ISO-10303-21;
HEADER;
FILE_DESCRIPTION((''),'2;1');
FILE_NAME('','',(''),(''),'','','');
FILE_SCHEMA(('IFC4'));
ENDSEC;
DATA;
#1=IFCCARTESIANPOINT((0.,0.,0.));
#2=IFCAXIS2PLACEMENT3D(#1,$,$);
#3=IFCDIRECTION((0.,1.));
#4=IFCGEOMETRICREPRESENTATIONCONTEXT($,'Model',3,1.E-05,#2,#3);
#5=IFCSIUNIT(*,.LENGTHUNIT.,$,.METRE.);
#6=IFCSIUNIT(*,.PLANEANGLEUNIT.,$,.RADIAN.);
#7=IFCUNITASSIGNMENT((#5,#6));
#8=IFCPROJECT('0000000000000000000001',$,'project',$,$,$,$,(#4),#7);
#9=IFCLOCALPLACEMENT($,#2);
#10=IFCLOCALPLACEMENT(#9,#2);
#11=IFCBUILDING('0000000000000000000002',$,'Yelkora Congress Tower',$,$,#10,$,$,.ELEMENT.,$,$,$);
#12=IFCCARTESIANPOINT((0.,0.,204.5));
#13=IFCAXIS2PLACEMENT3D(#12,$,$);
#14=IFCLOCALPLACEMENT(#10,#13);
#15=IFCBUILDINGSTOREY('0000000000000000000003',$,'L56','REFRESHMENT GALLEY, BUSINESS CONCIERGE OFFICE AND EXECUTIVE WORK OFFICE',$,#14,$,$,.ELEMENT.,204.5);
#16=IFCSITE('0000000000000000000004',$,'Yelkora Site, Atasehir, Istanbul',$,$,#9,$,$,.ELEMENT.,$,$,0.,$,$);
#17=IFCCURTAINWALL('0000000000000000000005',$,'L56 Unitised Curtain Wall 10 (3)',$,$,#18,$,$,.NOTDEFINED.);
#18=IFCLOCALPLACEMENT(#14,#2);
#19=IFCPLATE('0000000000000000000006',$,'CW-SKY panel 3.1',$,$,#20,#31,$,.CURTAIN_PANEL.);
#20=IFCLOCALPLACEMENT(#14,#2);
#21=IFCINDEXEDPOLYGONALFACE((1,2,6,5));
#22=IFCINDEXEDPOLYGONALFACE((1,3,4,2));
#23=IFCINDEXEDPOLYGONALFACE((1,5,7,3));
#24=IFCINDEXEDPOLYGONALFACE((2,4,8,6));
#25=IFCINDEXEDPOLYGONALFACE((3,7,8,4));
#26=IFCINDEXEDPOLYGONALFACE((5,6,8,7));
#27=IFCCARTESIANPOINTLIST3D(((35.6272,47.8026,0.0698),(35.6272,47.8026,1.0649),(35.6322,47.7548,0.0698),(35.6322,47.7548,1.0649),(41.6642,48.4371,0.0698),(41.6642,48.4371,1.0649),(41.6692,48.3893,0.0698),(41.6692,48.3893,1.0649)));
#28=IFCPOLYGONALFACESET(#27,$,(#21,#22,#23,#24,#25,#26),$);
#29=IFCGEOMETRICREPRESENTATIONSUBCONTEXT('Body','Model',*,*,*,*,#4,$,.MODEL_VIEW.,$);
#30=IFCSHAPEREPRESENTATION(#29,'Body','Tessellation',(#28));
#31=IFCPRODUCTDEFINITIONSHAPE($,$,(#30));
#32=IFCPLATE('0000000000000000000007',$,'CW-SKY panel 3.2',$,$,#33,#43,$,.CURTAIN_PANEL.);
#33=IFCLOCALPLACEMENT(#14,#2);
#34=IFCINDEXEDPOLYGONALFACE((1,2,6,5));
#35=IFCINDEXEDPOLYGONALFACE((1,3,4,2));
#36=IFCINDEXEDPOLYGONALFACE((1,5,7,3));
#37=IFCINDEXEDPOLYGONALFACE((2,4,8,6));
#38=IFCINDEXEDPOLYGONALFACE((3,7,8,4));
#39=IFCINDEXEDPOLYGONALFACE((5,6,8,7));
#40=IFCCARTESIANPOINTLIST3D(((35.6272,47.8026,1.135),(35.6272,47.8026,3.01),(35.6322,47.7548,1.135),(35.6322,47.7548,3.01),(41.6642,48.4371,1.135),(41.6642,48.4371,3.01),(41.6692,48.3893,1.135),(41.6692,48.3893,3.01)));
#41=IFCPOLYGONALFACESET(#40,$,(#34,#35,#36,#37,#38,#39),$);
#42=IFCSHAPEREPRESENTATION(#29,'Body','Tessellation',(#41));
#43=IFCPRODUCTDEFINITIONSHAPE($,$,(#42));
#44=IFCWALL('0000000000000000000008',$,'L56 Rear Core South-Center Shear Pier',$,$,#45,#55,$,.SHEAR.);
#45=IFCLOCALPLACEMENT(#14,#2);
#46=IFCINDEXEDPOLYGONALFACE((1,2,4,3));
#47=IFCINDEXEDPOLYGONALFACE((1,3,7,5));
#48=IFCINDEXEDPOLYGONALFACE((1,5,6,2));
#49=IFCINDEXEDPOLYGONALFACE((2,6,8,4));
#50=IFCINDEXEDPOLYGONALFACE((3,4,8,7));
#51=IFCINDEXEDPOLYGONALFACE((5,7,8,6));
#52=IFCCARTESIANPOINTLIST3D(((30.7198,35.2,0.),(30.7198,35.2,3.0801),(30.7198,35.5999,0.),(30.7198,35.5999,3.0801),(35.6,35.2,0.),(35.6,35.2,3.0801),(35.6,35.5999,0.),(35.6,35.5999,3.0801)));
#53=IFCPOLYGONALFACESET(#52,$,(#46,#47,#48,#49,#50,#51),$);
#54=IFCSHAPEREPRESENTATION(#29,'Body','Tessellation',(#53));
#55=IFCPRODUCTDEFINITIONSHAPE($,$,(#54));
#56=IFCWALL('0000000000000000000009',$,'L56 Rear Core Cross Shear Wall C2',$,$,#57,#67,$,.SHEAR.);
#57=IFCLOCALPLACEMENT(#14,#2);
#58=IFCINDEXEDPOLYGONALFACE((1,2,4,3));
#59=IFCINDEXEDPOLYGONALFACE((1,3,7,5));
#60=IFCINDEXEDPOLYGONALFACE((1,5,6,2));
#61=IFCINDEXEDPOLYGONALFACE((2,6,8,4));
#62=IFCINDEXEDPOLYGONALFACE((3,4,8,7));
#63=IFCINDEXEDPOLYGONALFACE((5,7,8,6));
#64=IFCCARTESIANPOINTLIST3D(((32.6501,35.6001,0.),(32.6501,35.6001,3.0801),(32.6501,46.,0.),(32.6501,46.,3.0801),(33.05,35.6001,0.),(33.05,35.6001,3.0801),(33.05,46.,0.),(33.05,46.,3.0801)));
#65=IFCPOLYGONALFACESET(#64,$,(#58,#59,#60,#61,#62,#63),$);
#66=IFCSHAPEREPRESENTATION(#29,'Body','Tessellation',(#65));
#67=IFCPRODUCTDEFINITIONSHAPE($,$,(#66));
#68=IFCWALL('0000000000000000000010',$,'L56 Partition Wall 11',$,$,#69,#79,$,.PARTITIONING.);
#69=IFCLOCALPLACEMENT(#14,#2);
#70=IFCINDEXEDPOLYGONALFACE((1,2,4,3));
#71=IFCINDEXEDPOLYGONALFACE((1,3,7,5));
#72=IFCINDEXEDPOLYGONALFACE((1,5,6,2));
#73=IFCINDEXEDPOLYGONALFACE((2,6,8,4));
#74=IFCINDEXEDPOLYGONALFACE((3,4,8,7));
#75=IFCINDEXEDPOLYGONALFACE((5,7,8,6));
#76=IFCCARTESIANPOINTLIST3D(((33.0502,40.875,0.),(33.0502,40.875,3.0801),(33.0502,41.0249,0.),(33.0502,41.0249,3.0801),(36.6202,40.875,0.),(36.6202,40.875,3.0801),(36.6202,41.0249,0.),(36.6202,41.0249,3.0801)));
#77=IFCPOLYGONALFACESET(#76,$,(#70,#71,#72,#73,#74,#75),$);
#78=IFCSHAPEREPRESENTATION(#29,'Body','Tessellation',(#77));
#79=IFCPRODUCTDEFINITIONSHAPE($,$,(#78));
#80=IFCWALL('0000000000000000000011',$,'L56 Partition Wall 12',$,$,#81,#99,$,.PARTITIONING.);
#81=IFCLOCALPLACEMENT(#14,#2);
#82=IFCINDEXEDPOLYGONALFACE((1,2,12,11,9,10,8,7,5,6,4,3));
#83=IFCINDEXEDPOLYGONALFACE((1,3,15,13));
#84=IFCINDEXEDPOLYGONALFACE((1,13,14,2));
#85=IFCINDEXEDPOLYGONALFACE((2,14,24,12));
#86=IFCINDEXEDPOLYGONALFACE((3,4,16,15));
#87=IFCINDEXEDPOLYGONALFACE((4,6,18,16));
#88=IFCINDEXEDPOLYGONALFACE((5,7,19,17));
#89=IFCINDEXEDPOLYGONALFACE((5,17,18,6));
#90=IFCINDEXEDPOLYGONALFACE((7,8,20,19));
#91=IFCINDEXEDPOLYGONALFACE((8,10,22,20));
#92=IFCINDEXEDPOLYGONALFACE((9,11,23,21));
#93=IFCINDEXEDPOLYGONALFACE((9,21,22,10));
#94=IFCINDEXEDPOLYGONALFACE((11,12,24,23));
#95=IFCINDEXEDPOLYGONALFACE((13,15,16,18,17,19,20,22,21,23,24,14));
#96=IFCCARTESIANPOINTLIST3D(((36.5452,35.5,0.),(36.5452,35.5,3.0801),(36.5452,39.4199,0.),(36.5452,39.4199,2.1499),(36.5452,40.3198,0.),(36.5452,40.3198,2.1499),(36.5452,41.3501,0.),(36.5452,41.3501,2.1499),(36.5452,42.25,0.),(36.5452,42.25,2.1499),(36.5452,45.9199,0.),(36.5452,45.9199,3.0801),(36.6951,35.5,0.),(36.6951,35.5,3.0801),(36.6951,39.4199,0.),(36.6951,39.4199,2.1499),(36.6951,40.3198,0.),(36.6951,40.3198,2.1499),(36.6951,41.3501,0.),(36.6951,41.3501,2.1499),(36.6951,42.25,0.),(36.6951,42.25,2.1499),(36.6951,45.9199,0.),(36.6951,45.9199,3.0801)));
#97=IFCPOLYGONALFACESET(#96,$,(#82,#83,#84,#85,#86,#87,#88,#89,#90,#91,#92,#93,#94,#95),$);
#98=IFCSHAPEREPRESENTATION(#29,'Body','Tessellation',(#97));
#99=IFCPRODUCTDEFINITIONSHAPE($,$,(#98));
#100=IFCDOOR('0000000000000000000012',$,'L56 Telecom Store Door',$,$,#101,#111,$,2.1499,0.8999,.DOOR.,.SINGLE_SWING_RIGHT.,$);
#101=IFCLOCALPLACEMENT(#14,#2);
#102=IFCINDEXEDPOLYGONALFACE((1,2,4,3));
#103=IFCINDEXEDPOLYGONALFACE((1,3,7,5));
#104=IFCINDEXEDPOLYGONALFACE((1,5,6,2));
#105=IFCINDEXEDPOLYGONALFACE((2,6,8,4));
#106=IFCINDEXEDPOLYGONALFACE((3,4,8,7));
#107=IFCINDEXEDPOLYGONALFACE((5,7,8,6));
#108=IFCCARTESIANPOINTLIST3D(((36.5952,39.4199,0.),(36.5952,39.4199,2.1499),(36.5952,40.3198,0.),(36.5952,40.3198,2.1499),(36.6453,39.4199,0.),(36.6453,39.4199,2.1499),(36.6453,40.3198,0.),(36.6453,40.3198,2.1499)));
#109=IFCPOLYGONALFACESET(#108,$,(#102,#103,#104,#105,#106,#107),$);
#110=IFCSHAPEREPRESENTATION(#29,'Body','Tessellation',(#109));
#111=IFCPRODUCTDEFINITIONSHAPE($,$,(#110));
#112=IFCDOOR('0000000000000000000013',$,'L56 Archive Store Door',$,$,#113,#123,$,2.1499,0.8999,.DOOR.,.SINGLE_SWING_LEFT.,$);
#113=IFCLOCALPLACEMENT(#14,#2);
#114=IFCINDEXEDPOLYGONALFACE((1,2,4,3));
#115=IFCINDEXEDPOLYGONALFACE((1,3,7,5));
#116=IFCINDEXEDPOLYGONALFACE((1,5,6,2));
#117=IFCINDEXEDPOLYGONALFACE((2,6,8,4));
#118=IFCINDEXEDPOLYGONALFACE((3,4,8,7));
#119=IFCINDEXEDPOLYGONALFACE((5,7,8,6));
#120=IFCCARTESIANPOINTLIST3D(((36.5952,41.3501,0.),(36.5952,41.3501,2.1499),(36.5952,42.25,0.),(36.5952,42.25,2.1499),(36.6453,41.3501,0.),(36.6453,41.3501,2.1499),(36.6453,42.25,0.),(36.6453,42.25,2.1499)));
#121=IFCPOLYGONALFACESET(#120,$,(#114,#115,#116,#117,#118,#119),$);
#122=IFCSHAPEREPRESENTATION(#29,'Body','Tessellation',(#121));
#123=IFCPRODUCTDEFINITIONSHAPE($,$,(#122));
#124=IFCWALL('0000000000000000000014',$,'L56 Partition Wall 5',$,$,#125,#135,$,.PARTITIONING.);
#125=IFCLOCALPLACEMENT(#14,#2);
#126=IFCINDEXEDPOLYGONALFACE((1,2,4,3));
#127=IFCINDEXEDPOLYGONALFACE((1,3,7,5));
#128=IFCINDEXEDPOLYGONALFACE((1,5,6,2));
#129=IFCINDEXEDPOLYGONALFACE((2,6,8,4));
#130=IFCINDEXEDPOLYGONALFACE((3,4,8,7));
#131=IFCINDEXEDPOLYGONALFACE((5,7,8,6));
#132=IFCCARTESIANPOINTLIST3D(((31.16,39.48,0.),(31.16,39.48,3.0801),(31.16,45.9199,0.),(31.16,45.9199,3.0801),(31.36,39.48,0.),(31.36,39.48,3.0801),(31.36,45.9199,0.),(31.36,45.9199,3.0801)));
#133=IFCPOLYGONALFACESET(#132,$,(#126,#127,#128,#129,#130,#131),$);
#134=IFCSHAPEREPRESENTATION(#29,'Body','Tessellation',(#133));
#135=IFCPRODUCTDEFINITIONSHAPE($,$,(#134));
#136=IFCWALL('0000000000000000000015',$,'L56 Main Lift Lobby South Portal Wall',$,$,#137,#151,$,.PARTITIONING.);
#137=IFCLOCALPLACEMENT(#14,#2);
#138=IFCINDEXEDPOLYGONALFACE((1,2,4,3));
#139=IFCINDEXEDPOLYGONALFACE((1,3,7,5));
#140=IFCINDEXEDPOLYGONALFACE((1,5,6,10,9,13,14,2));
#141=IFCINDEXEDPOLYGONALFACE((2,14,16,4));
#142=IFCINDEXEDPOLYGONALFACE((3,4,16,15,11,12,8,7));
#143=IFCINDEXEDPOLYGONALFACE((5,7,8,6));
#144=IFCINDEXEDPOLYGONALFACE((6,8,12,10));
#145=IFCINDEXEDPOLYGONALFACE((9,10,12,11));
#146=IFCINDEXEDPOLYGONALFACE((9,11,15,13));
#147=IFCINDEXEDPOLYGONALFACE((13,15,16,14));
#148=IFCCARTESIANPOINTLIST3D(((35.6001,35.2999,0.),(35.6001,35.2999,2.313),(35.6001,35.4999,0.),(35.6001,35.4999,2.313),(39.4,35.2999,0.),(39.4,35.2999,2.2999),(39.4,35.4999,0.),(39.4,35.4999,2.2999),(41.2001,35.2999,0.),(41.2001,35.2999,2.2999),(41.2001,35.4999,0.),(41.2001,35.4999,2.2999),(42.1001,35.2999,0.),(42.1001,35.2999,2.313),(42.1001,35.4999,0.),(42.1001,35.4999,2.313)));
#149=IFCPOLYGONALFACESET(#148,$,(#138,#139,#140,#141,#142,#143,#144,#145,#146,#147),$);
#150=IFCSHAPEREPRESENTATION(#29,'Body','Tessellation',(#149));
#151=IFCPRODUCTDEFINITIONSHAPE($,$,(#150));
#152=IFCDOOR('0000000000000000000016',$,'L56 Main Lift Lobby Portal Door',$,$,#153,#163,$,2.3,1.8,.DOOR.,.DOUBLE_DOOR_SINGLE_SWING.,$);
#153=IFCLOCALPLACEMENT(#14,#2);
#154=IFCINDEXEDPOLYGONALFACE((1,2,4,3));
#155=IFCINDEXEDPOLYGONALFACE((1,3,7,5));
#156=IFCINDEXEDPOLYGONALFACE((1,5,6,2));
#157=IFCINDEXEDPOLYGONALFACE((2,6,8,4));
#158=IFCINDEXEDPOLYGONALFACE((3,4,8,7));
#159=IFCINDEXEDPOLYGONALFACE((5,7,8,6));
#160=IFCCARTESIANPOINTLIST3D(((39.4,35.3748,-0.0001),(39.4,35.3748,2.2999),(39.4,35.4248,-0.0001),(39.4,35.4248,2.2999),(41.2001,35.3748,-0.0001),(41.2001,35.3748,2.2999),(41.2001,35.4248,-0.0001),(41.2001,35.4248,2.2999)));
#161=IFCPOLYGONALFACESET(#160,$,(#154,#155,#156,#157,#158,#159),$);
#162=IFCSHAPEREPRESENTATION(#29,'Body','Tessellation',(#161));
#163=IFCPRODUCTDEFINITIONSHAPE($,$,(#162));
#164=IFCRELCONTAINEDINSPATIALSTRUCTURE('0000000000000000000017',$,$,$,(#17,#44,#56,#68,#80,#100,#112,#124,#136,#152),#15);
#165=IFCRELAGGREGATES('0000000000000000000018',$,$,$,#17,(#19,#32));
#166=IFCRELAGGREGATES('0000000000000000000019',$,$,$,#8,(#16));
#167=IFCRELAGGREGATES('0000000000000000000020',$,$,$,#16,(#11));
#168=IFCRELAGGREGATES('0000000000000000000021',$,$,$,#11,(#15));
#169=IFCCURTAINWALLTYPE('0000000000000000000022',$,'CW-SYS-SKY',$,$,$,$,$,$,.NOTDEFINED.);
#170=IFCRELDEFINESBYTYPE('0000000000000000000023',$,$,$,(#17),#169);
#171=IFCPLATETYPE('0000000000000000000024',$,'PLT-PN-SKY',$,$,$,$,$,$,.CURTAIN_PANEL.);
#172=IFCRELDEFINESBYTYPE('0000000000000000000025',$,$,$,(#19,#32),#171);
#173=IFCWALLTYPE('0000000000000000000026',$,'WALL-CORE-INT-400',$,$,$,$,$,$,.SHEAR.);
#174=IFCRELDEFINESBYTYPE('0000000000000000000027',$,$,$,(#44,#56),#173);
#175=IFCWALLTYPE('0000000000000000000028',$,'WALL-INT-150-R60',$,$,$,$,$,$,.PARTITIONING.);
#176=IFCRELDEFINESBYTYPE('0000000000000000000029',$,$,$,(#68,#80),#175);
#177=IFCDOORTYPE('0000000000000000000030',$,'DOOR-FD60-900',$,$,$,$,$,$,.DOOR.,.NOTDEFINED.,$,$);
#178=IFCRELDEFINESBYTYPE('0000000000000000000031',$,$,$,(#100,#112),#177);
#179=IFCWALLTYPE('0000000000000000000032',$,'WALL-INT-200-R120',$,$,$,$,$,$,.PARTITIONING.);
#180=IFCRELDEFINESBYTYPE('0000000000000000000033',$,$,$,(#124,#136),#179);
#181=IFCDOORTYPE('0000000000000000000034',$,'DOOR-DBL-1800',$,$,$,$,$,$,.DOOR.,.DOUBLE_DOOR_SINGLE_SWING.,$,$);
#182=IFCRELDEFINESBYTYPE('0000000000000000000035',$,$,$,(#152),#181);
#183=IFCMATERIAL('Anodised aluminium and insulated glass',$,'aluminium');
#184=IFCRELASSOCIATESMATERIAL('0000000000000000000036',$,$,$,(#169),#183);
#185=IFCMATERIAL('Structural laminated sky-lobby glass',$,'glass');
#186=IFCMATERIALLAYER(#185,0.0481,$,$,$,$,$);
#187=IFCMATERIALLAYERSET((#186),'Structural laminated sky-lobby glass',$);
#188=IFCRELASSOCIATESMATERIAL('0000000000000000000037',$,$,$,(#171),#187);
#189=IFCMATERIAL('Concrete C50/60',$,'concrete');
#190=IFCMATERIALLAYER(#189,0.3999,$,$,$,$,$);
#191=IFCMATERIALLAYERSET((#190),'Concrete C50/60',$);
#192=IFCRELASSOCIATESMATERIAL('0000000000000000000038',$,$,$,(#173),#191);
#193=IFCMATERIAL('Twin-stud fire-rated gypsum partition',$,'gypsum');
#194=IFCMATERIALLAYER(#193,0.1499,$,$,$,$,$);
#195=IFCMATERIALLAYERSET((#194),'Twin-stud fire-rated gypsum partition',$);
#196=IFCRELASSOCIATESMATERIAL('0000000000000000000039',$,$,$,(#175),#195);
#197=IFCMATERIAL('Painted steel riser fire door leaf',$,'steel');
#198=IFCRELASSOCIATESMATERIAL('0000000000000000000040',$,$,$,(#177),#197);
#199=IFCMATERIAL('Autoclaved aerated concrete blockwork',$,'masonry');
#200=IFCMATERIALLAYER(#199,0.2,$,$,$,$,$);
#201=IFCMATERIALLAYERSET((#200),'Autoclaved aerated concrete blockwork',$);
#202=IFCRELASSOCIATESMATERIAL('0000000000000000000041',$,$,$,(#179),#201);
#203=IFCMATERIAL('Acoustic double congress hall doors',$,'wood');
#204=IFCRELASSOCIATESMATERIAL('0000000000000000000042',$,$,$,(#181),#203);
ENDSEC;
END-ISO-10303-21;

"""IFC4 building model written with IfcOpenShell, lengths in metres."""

from ifc_helpers import new_model, si_unit, direction, frame, frame_2d, origin, origin_2d, place, context, subcontext, project, spatial, rectangle, extrude, material, layer, layer_set, type_object, element, fill, aggregate, save


model = new_model("IFC4")

# Units and contexts
model_context = context("Model", 3, precision=1e-05, world=origin(), true_north=direction((0.0, 1.0)))
body_context = subcontext(model_context, "Body", "Model", "MODEL_VIEW")
ifc_project = project(units=[si_unit("LENGTHUNIT", "METRE"), si_unit("PLANEANGLEUNIT", "RADIAN")], contexts=[model_context])

# Site, building, storey
site_placement = place(None, origin())
site = spatial("IfcSite", under=ifc_project, at=site_placement, Name="Yelkora Site, Atasehir, Istanbul", CompositionType="ELEMENT", RefElevation=0.0)
building_placement = place(site_placement, origin())
building = spatial("IfcBuilding", under=site, at=building_placement, Name="Yelkora Congress Tower", CompositionType="ELEMENT")
storey_placement = place(building_placement, frame((0.0, 0.0, 204.5)))
storey = spatial("IfcBuildingStorey", under=building, at=storey_placement, Name="L56", Description="REFRESHMENT GALLEY, BUSINESS CONCIERGE OFFICE AND EXECUTIVE WORK OFFICE", CompositionType="ELEMENT", Elevation=204.5)

# Curtain wall, plates
ifc_material_1 = material(Name="Anodised aluminium and insulated glass", Category="aluminium")
curtain_wall_type = type_object("IfcCurtainWallType", Name="CW-SYS-SKY", PredefinedType="NOTDEFINED", material=ifc_material_1)
curtain_wall_placement = place(storey_placement, origin())
curtain_wall = element("IfcCurtainWall", 1, at=curtain_wall_placement, inside=storey, type_object=curtain_wall_type, Name="L56 Unitised Curtain Wall 10 (3)", PredefinedType="NOTDEFINED")
ifc_material_2 = material(Name="Structural laminated sky-lobby glass", Category="glass")
ifc_layer_1 = layer(ifc_material_2, 0.0481)
ifc_layer_set_1 = layer_set([ifc_layer_1], Name="Structural laminated sky-lobby glass")
plate_type = type_object("IfcPlateType", Name="PLT-PN-SKY", PredefinedType="CURTAIN_PANEL", material=ifc_layer_set_1)
plate_1_placement = place(storey_placement, frame((38.6482, 48.0959, 0.0698), z_axis=(0.0, 0.0, 1.0), x_axis=(0.994522, 0.104528, 0.0)))
plate_1 = element("IfcPlate", 2, at=plate_1_placement, type_object=plate_type, Name="CW-SKY panel 3.1", PredefinedType="CURTAIN_PANEL", context=body_context, shape_type="SweptSolid", body=[
    extrude(rectangle(XDim=6.0703, YDim=0.0481, at=origin_2d()), origin(), (0.0, 0.0, 1.0), 0.9951),
])
plate_2_placement = place(storey_placement, frame((38.6482, 48.0959, 1.135), z_axis=(0.0, 0.0, 1.0), x_axis=(0.994522, 0.104528, 0.0)))
plate_2 = element("IfcPlate", 3, at=plate_2_placement, type_object=plate_type, Name="CW-SKY panel 3.2", PredefinedType="CURTAIN_PANEL", context=body_context, shape_type="SweptSolid", body=[
    extrude(rectangle(XDim=6.0703, YDim=0.0481, at=origin_2d()), origin(), (0.0, 0.0, 1.0), 1.875),
])
aggregate(curtain_wall, [plate_1, plate_2])

# Walls
ifc_material_3 = material(Name="Concrete C50/60", Category="concrete")
ifc_layer_2 = layer(ifc_material_3, 0.3999)
ifc_layer_set_2 = layer_set([ifc_layer_2], Name="Concrete C50/60")
wall_type_1 = type_object("IfcWallType", Name="WALL-CORE-INT-400", PredefinedType="SHEAR", material=ifc_layer_set_2)
wall_1_placement = place(storey_placement, frame((30.72, 35.3999, 0.0), z_axis=(0.0, 0.0, 1.0), x_axis=(1.0, 0.0, 0.0)))
element("IfcWall", 4, at=wall_1_placement, inside=storey, type_object=wall_type_1, Name="L56 Rear Core South-Center Shear Pier", PredefinedType="SHEAR", context=body_context, shape_type="SweptSolid", body=[
    extrude(rectangle(XDim=4.8801, YDim=0.3999, at=frame_2d((2.4399, 0.0))), origin(), (0.0, 0.0, 1.0), 3.0801),
])
wall_2_placement = place(storey_placement, frame((32.8501, 35.6001, 0.0), z_axis=(0.0, 0.0, 1.0), x_axis=(0.0, 1.0, 0.0)))
element("IfcWall", 5, at=wall_2_placement, inside=storey, type_object=wall_type_1, Name="L56 Rear Core Cross Shear Wall C2", PredefinedType="SHEAR", context=body_context, shape_type="SweptSolid", body=[
    extrude(rectangle(XDim=10.3999, YDim=0.3999, at=frame_2d((5.2, 0.0))), origin(), (0.0, 0.0, 1.0), 3.0801),
])
ifc_material_4 = material(Name="Twin-stud fire-rated gypsum partition", Category="gypsum")
ifc_layer_3 = layer(ifc_material_4, 0.1499)
ifc_layer_set_3 = layer_set([ifc_layer_3], Name="Twin-stud fire-rated gypsum partition")
wall_type_2 = type_object("IfcWallType", Name="WALL-INT-150-R60", PredefinedType="PARTITIONING", material=ifc_layer_set_3)
wall_3_placement = place(storey_placement, frame((33.05, 40.95, 0.0), z_axis=(0.0, 0.0, 1.0), x_axis=(1.0, 0.0, 0.0)))
element("IfcWall", 6, at=wall_3_placement, inside=storey, type_object=wall_type_2, Name="L56 Partition Wall 11", PredefinedType="PARTITIONING", context=body_context, shape_type="SweptSolid", body=[
    extrude(rectangle(XDim=3.5701, YDim=0.1499, at=frame_2d((1.7852, 0.0))), origin(), (0.0, 0.0, 1.0), 3.0801),
])

# Wall, openings, doors
wall_4_placement = place(storey_placement, frame((36.6201, 35.5, 0.0), z_axis=(0.0, 0.0, 1.0), x_axis=(0.0, 1.0, 0.0)))
wall_4 = element("IfcWall", 7, at=wall_4_placement, inside=storey, type_object=wall_type_2, Name="L56 Partition Wall 12", PredefinedType="PARTITIONING", context=body_context, shape_type="SweptSolid", body=[
    extrude(rectangle(XDim=10.4199, YDim=0.1499, at=frame_2d((5.21, 0.0))), origin(), (0.0, 0.0, 1.0), 3.0801),
])
opening_1_placement = place(wall_4_placement, frame((3.9199, 0.0, 0.0)))
opening_1 = element("IfcOpeningElement", 8, at=opening_1_placement, cuts=wall_4, PredefinedType="OPENING", context=body_context, shape_type="SweptSolid", body=[
    extrude(rectangle(XDim=0.8999, YDim=2.1499, at=frame_2d((0.45, 1.075))), frame((0.0, 0.085, 0.0), z_axis=(0.0, -1.0, 0.0), x_axis=(1.0, 0.0, 0.0)), (0.0, 0.0, 1.0), 0.1699),
])
opening_2_placement = place(wall_4_placement, frame((5.8501, 0.0, 0.0)))
opening_2 = element("IfcOpeningElement", 9, at=opening_2_placement, cuts=wall_4, PredefinedType="OPENING", context=body_context, shape_type="SweptSolid", body=[
    extrude(rectangle(XDim=0.8999, YDim=2.1499, at=frame_2d((0.45, 1.075))), frame((0.0, 0.085, 0.0), z_axis=(0.0, -1.0, 0.0), x_axis=(1.0, 0.0, 0.0)), (0.0, 0.0, 1.0), 0.1699),
])
ifc_material_5 = material(Name="Painted steel riser fire door leaf", Category="steel")
door_type_1 = type_object("IfcDoorType", Name="DOOR-FD60-900", OperationType="NOTDEFINED", PredefinedType="DOOR", material=ifc_material_5)
door_1_placement = place(opening_1_placement, origin())
door_1 = element("IfcDoor", 10, at=door_1_placement, inside=storey, type_object=door_type_1, Name="L56 Telecom Store Door", OperationType="SINGLE_SWING_RIGHT", OverallHeight=2.1499, OverallWidth=0.8999, PredefinedType="DOOR", context=body_context, shape_type="SweptSolid", body=[
    extrude(rectangle(XDim=0.8999, YDim=2.1499, at=frame_2d((0.45, 1.075))), frame((0.0, 0.0249, 0.0), z_axis=(0.0, -1.0, 0.0), x_axis=(1.0, 0.0, 0.0)), (0.0, 0.0, 1.0), 0.05),
])
fill(opening_1, door_1)
door_2_placement = place(opening_2_placement, origin())
door_2 = element("IfcDoor", 11, at=door_2_placement, inside=storey, type_object=door_type_1, Name="L56 Archive Store Door", OperationType="SINGLE_SWING_LEFT", OverallHeight=2.1499, OverallWidth=0.8999, PredefinedType="DOOR", context=body_context, shape_type="SweptSolid", body=[
    extrude(rectangle(XDim=0.8999, YDim=2.1499, at=frame_2d((0.45, 1.075))), frame((0.0, 0.0249, 0.0), z_axis=(0.0, -1.0, 0.0), x_axis=(1.0, 0.0, 0.0)), (0.0, 0.0, 1.0), 0.05),
])
fill(opening_2, door_2)

# Wall
ifc_material_6 = material(Name="Autoclaved aerated concrete blockwork", Category="masonry")
ifc_layer_4 = layer(ifc_material_6, 0.2)
ifc_layer_set_4 = layer_set([ifc_layer_4], Name="Autoclaved aerated concrete blockwork")
wall_type_3 = type_object("IfcWallType", Name="WALL-INT-200-R120", PredefinedType="PARTITIONING", material=ifc_layer_set_4)
wall_5_placement = place(storey_placement, frame((31.26, 39.48, 0.0), z_axis=(0.0, 0.0, 1.0), x_axis=(0.0, 1.0, 0.0)))
element("IfcWall", 12, at=wall_5_placement, inside=storey, type_object=wall_type_3, Name="L56 Partition Wall 5", PredefinedType="PARTITIONING", context=body_context, shape_type="SweptSolid", body=[
    extrude(rectangle(XDim=6.4399, YDim=0.2, at=frame_2d((3.22, 0.0))), origin(), (0.0, 0.0, 1.0), 3.0801),
])

# Wall, opening, door
wall_6_placement = place(storey_placement, frame((35.6001, 35.3999, 0.0), z_axis=(0.0, 0.0, 1.0), x_axis=(1.0, 0.0, 0.0)))
wall_6 = element("IfcWall", 13, at=wall_6_placement, inside=storey, type_object=wall_type_3, Name="L56 Main Lift Lobby South Portal Wall", PredefinedType="PARTITIONING", context=body_context, shape_type="SweptSolid", body=[
    extrude(rectangle(XDim=6.5, YDim=0.2, at=frame_2d((3.25, 0.0))), origin(), (0.0, 0.0, 1.0), 2.313),
])
opening_3_placement = place(wall_6_placement, frame((3.8, 0.0, 0.0)))
opening_3 = element("IfcOpeningElement", 14, at=opening_3_placement, cuts=wall_6, PredefinedType="OPENING", context=body_context, shape_type="SweptSolid", body=[
    extrude(rectangle(XDim=1.8, YDim=2.3, at=frame_2d((0.8999, 1.1499))), frame((0.0, 0.1099, 0.0), z_axis=(0.0, -1.0, 0.0), x_axis=(1.0, 0.0, 0.0)), (0.0, 0.0, 1.0), 0.22),
])
ifc_material_7 = material(Name="Acoustic double congress hall doors", Category="wood")
door_type_2 = type_object("IfcDoorType", Name="DOOR-DBL-1800", OperationType="DOUBLE_DOOR_SINGLE_SWING", PredefinedType="DOOR", material=ifc_material_7)
door_3_placement = place(opening_3_placement, origin())
door_3 = element("IfcDoor", 15, at=door_3_placement, inside=storey, type_object=door_type_2, Name="L56 Main Lift Lobby Portal Door", OperationType="DOUBLE_DOOR_SINGLE_SWING", OverallHeight=2.3, OverallWidth=1.8, PredefinedType="DOOR", context=body_context, shape_type="SweptSolid", body=[
    extrude(rectangle(XDim=1.8, YDim=2.3, at=frame_2d((0.8999, 1.1499))), frame((0.0, 0.0249, 0.0), z_axis=(0.0, -1.0, 0.0), x_axis=(1.0, 0.0, 0.0)), (0.0, 0.0, 1.0), 0.05),
])
fill(opening_3, door_3)

save(model, "model.ifc")
